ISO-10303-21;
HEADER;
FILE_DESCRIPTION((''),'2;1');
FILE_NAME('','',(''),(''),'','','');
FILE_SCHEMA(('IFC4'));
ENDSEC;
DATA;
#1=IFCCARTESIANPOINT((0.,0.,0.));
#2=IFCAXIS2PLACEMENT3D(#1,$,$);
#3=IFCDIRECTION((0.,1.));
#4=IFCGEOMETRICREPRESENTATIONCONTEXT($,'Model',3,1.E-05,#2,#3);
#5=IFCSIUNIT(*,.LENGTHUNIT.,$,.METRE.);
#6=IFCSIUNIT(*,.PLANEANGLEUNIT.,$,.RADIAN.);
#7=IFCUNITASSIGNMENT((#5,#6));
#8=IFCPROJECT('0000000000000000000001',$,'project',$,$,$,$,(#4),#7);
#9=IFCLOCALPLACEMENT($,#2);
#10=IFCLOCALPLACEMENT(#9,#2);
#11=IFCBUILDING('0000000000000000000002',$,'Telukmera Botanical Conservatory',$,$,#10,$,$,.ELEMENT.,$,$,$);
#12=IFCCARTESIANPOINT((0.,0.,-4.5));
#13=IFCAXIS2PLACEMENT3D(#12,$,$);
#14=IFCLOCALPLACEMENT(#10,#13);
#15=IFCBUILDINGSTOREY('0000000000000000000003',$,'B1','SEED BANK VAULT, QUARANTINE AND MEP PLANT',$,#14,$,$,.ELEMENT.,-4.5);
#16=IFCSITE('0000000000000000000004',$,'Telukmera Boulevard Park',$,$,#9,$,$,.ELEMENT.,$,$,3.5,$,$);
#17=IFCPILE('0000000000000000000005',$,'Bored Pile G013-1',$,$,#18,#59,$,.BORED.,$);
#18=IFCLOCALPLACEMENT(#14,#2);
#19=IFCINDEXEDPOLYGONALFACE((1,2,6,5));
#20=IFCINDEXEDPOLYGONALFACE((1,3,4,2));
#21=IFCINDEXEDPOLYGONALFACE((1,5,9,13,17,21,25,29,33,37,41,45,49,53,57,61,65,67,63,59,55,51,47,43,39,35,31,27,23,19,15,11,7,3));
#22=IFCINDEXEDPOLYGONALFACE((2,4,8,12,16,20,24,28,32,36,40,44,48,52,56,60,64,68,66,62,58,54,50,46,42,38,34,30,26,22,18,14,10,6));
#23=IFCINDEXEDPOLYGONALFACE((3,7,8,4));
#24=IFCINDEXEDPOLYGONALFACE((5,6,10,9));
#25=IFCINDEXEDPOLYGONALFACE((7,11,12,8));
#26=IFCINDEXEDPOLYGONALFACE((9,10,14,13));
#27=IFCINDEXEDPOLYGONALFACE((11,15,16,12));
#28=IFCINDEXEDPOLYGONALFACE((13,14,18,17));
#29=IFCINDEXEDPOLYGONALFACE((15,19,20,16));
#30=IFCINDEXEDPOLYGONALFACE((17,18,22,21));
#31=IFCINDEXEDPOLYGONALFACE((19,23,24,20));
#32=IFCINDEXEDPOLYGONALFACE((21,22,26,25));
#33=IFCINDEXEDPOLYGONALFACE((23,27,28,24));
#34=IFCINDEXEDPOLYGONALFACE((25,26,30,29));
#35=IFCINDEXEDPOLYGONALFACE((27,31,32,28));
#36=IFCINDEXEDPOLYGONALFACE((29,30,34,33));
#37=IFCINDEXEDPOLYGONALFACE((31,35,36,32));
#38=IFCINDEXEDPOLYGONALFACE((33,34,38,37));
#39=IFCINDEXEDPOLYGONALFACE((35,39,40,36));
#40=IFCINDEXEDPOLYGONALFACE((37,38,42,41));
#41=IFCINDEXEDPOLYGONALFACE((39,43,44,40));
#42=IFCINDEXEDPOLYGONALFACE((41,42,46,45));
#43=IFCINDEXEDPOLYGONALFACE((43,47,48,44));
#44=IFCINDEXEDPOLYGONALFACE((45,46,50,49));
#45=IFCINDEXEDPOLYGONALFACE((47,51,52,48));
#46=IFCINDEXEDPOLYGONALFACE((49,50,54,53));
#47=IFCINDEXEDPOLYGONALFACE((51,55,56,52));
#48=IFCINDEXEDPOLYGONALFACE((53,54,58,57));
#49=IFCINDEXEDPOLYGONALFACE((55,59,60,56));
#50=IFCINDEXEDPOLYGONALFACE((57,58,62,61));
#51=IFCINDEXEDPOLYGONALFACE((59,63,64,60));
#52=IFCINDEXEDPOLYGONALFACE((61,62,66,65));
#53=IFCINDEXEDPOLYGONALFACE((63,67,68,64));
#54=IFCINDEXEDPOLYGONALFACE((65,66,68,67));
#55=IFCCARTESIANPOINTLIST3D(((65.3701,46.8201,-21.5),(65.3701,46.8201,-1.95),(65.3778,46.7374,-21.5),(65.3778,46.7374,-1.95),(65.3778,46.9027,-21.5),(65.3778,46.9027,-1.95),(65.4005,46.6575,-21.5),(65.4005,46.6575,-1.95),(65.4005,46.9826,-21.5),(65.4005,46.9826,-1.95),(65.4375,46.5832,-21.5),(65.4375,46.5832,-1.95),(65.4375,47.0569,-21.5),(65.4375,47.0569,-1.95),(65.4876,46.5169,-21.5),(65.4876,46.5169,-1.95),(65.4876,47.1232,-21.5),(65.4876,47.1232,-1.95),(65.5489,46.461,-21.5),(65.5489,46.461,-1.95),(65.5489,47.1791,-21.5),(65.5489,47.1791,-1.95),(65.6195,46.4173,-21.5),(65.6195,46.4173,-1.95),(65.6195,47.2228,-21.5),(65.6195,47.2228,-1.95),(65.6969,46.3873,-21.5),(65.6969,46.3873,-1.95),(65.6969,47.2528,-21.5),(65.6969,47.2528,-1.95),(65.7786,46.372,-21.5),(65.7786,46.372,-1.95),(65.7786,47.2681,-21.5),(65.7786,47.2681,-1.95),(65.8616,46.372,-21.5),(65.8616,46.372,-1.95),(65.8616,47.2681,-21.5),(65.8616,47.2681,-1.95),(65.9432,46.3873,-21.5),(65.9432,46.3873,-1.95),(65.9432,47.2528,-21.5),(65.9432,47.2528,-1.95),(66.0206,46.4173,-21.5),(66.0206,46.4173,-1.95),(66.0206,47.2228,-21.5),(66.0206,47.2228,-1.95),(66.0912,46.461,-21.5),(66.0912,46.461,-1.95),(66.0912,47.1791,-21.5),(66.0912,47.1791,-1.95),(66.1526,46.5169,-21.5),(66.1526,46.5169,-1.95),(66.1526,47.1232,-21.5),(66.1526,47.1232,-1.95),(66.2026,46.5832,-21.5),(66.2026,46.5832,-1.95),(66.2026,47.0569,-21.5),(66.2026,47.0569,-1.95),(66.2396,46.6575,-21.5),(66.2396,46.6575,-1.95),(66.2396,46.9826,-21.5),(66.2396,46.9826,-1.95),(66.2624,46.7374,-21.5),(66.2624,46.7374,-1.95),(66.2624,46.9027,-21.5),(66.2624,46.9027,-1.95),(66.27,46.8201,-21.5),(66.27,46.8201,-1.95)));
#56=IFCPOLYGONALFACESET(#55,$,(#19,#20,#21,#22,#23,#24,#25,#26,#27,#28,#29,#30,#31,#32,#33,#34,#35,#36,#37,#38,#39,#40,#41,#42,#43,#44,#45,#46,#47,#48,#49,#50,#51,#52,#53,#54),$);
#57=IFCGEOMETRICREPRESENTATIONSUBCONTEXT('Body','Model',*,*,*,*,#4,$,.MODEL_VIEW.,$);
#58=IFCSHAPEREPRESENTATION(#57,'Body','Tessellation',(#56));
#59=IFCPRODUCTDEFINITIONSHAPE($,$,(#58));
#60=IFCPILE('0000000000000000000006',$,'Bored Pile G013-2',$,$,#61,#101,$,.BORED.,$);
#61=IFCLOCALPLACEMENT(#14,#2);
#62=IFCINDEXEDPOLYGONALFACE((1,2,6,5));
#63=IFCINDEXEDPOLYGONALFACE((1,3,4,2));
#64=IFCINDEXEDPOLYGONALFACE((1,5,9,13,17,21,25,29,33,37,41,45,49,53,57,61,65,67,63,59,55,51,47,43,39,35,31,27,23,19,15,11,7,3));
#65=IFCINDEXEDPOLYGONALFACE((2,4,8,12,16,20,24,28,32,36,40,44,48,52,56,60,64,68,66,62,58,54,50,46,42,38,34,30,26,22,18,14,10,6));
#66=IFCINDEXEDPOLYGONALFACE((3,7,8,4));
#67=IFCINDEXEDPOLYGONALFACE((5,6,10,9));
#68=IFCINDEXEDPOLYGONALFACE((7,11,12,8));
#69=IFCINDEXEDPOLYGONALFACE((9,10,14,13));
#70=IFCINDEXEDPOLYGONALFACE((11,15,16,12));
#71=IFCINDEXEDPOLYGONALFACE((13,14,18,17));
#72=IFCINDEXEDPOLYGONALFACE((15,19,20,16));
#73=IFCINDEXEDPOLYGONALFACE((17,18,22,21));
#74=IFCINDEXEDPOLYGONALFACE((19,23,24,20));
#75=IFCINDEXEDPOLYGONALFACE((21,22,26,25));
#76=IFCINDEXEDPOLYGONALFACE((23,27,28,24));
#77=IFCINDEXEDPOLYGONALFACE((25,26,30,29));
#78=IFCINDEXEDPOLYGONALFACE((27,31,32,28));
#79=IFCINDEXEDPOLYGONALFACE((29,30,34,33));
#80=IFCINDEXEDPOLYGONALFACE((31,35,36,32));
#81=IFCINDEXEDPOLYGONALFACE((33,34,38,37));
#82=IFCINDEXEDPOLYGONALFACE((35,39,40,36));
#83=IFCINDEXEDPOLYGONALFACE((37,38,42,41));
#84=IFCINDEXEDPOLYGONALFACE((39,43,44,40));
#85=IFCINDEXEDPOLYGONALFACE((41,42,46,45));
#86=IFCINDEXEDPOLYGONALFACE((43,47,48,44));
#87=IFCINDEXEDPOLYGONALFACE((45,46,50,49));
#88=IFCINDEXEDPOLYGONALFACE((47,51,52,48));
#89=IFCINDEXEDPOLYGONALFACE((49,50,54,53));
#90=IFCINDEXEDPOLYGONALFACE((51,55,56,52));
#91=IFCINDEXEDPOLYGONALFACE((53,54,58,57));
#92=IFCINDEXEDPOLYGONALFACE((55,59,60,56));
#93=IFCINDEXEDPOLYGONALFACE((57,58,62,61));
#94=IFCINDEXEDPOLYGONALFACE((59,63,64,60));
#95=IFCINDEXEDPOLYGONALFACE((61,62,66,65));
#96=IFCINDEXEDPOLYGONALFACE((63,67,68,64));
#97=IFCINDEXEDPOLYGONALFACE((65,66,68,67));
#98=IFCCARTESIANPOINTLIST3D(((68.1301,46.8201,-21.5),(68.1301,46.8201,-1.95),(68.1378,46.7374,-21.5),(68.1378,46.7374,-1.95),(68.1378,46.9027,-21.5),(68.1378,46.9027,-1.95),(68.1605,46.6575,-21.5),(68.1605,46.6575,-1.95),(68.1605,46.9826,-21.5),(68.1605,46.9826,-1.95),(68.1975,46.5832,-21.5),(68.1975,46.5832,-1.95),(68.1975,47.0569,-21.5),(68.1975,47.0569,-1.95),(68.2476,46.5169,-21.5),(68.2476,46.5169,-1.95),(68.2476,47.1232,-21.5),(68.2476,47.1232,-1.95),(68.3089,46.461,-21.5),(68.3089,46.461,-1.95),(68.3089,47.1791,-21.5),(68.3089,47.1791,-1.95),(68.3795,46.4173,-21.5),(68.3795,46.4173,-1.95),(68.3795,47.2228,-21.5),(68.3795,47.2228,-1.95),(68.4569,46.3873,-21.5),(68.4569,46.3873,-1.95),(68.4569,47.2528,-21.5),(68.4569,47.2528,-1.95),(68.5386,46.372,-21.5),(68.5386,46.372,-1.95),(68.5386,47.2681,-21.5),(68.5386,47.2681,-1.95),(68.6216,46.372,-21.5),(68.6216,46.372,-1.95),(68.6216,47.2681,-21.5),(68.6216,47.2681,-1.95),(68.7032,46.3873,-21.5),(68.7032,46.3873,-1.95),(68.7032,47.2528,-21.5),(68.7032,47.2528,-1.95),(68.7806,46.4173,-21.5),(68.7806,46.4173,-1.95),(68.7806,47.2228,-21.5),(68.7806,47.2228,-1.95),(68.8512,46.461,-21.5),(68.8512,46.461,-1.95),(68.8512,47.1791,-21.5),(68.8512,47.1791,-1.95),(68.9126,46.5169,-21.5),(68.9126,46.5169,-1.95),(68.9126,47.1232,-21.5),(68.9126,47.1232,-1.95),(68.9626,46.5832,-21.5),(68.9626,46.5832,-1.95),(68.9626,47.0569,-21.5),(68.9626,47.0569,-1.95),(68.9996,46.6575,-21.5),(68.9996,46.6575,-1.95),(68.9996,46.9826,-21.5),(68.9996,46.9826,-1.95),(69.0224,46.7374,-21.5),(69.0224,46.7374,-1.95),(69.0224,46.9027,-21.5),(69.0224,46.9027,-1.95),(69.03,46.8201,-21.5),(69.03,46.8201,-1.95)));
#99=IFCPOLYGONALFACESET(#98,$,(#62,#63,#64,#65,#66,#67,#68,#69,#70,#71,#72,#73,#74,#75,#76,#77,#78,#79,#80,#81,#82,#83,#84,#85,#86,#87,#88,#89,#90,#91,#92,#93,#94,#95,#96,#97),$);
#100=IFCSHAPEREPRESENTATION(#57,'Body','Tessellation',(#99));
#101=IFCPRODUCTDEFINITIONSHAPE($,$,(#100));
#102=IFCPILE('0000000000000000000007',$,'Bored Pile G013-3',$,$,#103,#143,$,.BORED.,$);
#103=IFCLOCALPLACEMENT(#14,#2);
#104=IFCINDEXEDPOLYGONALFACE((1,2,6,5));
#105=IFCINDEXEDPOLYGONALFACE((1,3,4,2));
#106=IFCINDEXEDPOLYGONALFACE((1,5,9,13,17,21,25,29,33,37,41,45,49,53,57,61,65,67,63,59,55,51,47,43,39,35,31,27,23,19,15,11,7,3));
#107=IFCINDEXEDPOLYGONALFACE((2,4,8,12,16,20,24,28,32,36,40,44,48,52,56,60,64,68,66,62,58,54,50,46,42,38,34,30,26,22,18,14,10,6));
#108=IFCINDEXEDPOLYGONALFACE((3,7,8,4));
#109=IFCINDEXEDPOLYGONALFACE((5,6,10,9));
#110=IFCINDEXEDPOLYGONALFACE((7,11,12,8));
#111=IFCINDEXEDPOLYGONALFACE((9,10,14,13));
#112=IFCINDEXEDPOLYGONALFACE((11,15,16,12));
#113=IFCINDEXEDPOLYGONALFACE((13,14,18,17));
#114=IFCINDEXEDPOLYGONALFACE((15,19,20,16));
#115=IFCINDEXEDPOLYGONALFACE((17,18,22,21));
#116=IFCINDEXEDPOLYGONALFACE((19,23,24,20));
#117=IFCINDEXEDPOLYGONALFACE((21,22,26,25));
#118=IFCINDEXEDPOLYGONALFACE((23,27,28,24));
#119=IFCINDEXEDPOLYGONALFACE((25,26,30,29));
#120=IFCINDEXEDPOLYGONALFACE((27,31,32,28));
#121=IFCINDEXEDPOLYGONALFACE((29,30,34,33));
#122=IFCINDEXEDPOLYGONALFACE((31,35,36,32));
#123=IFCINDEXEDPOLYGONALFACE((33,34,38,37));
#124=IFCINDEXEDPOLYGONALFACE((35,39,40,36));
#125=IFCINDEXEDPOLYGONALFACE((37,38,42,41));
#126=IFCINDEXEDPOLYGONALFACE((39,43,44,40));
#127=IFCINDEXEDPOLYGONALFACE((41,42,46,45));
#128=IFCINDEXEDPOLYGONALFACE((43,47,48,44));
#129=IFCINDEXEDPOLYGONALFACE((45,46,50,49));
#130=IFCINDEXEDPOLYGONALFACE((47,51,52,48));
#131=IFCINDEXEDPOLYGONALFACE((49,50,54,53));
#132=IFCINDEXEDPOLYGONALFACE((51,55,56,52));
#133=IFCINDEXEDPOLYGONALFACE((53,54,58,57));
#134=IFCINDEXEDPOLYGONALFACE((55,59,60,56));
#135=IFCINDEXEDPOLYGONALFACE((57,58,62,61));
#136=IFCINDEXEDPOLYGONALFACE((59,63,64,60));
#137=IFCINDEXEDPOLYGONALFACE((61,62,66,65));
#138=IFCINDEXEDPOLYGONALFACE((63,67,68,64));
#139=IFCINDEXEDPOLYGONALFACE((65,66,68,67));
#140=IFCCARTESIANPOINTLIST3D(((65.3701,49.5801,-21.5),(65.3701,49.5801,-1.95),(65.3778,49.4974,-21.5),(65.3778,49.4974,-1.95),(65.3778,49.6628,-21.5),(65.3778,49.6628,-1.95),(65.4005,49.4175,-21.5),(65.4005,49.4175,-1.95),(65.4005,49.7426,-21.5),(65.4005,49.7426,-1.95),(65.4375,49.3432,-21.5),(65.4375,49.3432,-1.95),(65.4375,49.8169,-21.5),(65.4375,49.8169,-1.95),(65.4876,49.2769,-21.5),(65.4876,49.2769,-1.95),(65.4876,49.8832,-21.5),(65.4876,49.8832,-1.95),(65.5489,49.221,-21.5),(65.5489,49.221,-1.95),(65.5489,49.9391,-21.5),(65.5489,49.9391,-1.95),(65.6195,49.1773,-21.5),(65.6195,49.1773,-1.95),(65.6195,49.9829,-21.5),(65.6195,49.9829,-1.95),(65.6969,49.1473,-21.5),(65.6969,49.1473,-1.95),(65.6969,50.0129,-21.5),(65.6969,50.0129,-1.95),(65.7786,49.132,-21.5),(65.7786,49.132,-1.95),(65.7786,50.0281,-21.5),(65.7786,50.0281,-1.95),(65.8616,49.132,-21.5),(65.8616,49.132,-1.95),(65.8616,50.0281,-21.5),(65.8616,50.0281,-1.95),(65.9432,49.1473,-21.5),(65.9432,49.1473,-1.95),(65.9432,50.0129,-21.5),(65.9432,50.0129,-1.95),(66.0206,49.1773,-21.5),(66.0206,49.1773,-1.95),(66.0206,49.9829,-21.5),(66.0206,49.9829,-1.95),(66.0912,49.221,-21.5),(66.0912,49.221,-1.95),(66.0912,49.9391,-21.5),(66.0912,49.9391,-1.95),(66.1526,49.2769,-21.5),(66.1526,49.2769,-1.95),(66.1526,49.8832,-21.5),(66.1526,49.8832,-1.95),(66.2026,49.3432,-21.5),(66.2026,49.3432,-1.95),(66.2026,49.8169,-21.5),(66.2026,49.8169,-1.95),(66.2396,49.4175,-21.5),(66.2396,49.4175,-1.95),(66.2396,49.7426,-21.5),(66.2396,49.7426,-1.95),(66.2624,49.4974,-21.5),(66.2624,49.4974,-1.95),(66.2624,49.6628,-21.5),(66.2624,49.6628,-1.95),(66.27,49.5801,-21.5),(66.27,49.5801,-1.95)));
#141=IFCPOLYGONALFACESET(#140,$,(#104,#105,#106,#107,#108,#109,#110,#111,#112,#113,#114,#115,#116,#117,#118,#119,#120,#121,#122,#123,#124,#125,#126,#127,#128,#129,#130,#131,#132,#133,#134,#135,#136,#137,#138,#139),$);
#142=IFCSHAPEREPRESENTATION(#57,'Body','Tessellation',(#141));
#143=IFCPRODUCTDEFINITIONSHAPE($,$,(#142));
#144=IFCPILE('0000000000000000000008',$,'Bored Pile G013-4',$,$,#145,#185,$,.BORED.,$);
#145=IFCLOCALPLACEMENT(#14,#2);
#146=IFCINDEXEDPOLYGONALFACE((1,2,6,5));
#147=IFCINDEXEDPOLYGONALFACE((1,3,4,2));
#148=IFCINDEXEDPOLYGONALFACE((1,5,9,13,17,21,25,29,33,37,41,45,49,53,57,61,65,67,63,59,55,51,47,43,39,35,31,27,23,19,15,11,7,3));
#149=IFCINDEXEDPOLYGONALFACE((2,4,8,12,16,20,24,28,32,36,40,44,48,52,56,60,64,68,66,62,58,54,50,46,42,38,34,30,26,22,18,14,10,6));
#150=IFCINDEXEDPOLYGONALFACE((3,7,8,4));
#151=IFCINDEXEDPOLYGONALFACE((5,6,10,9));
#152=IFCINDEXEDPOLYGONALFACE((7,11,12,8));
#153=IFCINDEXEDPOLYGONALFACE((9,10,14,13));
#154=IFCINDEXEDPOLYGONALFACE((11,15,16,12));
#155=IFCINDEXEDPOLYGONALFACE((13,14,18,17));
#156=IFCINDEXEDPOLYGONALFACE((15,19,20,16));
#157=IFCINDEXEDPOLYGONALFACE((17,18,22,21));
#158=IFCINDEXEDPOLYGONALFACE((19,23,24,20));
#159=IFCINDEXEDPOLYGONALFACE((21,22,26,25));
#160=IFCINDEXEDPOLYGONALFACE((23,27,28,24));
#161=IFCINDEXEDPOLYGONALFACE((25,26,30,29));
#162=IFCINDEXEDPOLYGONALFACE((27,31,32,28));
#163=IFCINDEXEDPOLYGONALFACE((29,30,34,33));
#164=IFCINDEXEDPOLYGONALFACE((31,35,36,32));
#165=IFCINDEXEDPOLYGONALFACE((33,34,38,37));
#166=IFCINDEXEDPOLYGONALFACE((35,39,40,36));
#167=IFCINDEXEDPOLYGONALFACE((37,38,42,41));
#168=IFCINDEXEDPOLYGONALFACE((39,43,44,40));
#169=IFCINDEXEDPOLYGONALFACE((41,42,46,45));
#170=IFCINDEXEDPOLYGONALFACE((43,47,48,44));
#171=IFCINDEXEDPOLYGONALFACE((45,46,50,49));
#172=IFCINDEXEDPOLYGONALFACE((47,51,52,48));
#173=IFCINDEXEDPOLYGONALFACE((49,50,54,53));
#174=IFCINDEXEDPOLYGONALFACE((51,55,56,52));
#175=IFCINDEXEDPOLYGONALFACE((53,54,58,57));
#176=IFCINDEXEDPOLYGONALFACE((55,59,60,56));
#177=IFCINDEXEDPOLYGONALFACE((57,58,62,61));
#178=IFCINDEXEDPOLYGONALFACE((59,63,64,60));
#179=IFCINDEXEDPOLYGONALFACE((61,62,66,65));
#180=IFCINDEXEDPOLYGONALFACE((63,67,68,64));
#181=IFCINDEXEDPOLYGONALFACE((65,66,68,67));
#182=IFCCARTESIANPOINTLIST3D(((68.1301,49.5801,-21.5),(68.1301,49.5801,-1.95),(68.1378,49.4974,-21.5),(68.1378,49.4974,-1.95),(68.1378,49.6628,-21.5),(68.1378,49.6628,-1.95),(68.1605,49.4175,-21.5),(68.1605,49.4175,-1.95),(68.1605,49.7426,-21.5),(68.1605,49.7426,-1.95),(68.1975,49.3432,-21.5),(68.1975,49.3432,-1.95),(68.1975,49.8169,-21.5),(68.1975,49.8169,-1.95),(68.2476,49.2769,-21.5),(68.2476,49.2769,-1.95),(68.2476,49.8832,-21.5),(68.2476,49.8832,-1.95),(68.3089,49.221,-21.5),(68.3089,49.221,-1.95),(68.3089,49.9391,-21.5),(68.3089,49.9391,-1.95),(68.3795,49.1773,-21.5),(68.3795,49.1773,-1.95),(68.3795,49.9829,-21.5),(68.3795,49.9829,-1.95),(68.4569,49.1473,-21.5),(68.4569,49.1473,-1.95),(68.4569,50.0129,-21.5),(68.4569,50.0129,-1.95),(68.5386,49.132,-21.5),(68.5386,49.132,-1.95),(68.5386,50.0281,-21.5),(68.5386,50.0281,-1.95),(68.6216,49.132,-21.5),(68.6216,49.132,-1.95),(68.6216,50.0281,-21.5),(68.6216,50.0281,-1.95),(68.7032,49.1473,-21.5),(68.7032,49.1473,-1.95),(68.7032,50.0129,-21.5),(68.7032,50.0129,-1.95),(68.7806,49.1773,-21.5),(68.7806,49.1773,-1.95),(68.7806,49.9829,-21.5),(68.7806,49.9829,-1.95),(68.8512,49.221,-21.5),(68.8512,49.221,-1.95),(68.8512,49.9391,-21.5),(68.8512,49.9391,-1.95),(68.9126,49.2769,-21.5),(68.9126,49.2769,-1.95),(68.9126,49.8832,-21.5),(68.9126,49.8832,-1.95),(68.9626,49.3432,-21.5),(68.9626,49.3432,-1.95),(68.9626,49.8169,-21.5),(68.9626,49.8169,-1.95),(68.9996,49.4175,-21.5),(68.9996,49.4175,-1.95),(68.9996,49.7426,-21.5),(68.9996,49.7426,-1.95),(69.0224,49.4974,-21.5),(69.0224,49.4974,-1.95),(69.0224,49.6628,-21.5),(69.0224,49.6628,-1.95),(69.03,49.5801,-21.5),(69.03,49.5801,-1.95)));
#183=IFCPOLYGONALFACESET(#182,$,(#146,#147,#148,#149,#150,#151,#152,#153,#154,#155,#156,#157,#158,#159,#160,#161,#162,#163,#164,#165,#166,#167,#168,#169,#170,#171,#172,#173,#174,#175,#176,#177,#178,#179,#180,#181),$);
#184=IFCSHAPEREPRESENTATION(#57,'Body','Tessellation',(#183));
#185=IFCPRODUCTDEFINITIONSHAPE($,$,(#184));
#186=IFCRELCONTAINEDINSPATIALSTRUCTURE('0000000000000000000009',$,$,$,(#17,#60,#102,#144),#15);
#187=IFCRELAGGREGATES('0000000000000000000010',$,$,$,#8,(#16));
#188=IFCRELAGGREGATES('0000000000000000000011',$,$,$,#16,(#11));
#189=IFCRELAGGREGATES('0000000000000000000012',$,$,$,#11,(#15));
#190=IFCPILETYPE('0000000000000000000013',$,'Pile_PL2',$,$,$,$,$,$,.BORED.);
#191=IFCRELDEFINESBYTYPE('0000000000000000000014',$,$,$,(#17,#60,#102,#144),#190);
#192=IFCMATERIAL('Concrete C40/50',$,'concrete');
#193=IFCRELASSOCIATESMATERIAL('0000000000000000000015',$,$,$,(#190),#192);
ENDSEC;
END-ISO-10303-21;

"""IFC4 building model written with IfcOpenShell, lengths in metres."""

from ifc_helpers import new_model, si_unit, direction, frame, origin, origin_2d, place, context, subcontext, project, spatial, circle, extrude, material, material_profile, profile_set, type_object, element, save


model = new_model("IFC4")

# Units and contexts
model_context = context("Model", 3, precision=1e-05, world=origin(), true_north=direction((0.0, 1.0)))
body_context = subcontext(model_context, "Body", "Model", "MODEL_VIEW")
ifc_project = project(units=[si_unit("LENGTHUNIT", "METRE"), si_unit("PLANEANGLEUNIT", "RADIAN")], contexts=[model_context])

# Site, building, storey
site_placement = place(None, origin())
site = spatial("IfcSite", under=ifc_project, at=site_placement, Name="Telukmera Boulevard Park", CompositionType="ELEMENT", RefElevation=3.5)
building_placement = place(site_placement, origin())
building = spatial("IfcBuilding", under=site, at=building_placement, Name="Telukmera Botanical Conservatory", CompositionType="ELEMENT")
storey_placement = place(building_placement, frame((0.0, 0.0, -4.5)))
storey = spatial("IfcBuildingStorey", under=building, at=storey_placement, Name="B1", Description="SEED BANK VAULT, QUARANTINE AND MEP PLANT", CompositionType="ELEMENT", Elevation=-4.5)

# Shared definitions
ifc_material_1 = material(Name="Concrete C40/50", Category="concrete")

# Piles
ifc_material_profile_1 = material_profile(ifc_material_1, circle(Radius=0.45, at=origin_2d()), Name="PILE D900")
ifc_profile_set_1 = profile_set([ifc_material_profile_1], Name="Concrete C40/50")
pile_type = type_object("IfcPileType", Name="Pile_PL2", PredefinedType="BORED", material=ifc_profile_set_1)
for number, where, z_axis, x_axis, name in (
    (1, (65.8201, 46.8201, -1.95), (0.0, 0.0, -1.0), (1.0, 0.0, 0.0), "Bored Pile G013-1"),
    (2, (68.5801, 46.8201, -1.95), (0.0, 0.0, -1.0), (1.0, 0.0, 0.0), "Bored Pile G013-2"),
    (3, (65.8201, 49.5801, -1.95), (0.0, 0.0, -1.0), (1.0, 0.0, 0.0), "Bored Pile G013-3"),
    (4, (68.5801, 49.5801, -1.95), (0.0, 0.0, -1.0), (1.0, 0.0, 0.0), "Bored Pile G013-4"),
):
    element("IfcPile", number, at=place(storey_placement, frame(where, z_axis=z_axis, x_axis=x_axis)), inside=storey, type_object=pile_type, Name=name, PredefinedType="BORED", context=body_context, shape_type="SweptSolid", body=[
        extrude(circle(Radius=0.45, at=origin_2d()), origin(), (0.0, 0.0, 1.0), 19.55),
    ])

save(model, "model.ifc")
